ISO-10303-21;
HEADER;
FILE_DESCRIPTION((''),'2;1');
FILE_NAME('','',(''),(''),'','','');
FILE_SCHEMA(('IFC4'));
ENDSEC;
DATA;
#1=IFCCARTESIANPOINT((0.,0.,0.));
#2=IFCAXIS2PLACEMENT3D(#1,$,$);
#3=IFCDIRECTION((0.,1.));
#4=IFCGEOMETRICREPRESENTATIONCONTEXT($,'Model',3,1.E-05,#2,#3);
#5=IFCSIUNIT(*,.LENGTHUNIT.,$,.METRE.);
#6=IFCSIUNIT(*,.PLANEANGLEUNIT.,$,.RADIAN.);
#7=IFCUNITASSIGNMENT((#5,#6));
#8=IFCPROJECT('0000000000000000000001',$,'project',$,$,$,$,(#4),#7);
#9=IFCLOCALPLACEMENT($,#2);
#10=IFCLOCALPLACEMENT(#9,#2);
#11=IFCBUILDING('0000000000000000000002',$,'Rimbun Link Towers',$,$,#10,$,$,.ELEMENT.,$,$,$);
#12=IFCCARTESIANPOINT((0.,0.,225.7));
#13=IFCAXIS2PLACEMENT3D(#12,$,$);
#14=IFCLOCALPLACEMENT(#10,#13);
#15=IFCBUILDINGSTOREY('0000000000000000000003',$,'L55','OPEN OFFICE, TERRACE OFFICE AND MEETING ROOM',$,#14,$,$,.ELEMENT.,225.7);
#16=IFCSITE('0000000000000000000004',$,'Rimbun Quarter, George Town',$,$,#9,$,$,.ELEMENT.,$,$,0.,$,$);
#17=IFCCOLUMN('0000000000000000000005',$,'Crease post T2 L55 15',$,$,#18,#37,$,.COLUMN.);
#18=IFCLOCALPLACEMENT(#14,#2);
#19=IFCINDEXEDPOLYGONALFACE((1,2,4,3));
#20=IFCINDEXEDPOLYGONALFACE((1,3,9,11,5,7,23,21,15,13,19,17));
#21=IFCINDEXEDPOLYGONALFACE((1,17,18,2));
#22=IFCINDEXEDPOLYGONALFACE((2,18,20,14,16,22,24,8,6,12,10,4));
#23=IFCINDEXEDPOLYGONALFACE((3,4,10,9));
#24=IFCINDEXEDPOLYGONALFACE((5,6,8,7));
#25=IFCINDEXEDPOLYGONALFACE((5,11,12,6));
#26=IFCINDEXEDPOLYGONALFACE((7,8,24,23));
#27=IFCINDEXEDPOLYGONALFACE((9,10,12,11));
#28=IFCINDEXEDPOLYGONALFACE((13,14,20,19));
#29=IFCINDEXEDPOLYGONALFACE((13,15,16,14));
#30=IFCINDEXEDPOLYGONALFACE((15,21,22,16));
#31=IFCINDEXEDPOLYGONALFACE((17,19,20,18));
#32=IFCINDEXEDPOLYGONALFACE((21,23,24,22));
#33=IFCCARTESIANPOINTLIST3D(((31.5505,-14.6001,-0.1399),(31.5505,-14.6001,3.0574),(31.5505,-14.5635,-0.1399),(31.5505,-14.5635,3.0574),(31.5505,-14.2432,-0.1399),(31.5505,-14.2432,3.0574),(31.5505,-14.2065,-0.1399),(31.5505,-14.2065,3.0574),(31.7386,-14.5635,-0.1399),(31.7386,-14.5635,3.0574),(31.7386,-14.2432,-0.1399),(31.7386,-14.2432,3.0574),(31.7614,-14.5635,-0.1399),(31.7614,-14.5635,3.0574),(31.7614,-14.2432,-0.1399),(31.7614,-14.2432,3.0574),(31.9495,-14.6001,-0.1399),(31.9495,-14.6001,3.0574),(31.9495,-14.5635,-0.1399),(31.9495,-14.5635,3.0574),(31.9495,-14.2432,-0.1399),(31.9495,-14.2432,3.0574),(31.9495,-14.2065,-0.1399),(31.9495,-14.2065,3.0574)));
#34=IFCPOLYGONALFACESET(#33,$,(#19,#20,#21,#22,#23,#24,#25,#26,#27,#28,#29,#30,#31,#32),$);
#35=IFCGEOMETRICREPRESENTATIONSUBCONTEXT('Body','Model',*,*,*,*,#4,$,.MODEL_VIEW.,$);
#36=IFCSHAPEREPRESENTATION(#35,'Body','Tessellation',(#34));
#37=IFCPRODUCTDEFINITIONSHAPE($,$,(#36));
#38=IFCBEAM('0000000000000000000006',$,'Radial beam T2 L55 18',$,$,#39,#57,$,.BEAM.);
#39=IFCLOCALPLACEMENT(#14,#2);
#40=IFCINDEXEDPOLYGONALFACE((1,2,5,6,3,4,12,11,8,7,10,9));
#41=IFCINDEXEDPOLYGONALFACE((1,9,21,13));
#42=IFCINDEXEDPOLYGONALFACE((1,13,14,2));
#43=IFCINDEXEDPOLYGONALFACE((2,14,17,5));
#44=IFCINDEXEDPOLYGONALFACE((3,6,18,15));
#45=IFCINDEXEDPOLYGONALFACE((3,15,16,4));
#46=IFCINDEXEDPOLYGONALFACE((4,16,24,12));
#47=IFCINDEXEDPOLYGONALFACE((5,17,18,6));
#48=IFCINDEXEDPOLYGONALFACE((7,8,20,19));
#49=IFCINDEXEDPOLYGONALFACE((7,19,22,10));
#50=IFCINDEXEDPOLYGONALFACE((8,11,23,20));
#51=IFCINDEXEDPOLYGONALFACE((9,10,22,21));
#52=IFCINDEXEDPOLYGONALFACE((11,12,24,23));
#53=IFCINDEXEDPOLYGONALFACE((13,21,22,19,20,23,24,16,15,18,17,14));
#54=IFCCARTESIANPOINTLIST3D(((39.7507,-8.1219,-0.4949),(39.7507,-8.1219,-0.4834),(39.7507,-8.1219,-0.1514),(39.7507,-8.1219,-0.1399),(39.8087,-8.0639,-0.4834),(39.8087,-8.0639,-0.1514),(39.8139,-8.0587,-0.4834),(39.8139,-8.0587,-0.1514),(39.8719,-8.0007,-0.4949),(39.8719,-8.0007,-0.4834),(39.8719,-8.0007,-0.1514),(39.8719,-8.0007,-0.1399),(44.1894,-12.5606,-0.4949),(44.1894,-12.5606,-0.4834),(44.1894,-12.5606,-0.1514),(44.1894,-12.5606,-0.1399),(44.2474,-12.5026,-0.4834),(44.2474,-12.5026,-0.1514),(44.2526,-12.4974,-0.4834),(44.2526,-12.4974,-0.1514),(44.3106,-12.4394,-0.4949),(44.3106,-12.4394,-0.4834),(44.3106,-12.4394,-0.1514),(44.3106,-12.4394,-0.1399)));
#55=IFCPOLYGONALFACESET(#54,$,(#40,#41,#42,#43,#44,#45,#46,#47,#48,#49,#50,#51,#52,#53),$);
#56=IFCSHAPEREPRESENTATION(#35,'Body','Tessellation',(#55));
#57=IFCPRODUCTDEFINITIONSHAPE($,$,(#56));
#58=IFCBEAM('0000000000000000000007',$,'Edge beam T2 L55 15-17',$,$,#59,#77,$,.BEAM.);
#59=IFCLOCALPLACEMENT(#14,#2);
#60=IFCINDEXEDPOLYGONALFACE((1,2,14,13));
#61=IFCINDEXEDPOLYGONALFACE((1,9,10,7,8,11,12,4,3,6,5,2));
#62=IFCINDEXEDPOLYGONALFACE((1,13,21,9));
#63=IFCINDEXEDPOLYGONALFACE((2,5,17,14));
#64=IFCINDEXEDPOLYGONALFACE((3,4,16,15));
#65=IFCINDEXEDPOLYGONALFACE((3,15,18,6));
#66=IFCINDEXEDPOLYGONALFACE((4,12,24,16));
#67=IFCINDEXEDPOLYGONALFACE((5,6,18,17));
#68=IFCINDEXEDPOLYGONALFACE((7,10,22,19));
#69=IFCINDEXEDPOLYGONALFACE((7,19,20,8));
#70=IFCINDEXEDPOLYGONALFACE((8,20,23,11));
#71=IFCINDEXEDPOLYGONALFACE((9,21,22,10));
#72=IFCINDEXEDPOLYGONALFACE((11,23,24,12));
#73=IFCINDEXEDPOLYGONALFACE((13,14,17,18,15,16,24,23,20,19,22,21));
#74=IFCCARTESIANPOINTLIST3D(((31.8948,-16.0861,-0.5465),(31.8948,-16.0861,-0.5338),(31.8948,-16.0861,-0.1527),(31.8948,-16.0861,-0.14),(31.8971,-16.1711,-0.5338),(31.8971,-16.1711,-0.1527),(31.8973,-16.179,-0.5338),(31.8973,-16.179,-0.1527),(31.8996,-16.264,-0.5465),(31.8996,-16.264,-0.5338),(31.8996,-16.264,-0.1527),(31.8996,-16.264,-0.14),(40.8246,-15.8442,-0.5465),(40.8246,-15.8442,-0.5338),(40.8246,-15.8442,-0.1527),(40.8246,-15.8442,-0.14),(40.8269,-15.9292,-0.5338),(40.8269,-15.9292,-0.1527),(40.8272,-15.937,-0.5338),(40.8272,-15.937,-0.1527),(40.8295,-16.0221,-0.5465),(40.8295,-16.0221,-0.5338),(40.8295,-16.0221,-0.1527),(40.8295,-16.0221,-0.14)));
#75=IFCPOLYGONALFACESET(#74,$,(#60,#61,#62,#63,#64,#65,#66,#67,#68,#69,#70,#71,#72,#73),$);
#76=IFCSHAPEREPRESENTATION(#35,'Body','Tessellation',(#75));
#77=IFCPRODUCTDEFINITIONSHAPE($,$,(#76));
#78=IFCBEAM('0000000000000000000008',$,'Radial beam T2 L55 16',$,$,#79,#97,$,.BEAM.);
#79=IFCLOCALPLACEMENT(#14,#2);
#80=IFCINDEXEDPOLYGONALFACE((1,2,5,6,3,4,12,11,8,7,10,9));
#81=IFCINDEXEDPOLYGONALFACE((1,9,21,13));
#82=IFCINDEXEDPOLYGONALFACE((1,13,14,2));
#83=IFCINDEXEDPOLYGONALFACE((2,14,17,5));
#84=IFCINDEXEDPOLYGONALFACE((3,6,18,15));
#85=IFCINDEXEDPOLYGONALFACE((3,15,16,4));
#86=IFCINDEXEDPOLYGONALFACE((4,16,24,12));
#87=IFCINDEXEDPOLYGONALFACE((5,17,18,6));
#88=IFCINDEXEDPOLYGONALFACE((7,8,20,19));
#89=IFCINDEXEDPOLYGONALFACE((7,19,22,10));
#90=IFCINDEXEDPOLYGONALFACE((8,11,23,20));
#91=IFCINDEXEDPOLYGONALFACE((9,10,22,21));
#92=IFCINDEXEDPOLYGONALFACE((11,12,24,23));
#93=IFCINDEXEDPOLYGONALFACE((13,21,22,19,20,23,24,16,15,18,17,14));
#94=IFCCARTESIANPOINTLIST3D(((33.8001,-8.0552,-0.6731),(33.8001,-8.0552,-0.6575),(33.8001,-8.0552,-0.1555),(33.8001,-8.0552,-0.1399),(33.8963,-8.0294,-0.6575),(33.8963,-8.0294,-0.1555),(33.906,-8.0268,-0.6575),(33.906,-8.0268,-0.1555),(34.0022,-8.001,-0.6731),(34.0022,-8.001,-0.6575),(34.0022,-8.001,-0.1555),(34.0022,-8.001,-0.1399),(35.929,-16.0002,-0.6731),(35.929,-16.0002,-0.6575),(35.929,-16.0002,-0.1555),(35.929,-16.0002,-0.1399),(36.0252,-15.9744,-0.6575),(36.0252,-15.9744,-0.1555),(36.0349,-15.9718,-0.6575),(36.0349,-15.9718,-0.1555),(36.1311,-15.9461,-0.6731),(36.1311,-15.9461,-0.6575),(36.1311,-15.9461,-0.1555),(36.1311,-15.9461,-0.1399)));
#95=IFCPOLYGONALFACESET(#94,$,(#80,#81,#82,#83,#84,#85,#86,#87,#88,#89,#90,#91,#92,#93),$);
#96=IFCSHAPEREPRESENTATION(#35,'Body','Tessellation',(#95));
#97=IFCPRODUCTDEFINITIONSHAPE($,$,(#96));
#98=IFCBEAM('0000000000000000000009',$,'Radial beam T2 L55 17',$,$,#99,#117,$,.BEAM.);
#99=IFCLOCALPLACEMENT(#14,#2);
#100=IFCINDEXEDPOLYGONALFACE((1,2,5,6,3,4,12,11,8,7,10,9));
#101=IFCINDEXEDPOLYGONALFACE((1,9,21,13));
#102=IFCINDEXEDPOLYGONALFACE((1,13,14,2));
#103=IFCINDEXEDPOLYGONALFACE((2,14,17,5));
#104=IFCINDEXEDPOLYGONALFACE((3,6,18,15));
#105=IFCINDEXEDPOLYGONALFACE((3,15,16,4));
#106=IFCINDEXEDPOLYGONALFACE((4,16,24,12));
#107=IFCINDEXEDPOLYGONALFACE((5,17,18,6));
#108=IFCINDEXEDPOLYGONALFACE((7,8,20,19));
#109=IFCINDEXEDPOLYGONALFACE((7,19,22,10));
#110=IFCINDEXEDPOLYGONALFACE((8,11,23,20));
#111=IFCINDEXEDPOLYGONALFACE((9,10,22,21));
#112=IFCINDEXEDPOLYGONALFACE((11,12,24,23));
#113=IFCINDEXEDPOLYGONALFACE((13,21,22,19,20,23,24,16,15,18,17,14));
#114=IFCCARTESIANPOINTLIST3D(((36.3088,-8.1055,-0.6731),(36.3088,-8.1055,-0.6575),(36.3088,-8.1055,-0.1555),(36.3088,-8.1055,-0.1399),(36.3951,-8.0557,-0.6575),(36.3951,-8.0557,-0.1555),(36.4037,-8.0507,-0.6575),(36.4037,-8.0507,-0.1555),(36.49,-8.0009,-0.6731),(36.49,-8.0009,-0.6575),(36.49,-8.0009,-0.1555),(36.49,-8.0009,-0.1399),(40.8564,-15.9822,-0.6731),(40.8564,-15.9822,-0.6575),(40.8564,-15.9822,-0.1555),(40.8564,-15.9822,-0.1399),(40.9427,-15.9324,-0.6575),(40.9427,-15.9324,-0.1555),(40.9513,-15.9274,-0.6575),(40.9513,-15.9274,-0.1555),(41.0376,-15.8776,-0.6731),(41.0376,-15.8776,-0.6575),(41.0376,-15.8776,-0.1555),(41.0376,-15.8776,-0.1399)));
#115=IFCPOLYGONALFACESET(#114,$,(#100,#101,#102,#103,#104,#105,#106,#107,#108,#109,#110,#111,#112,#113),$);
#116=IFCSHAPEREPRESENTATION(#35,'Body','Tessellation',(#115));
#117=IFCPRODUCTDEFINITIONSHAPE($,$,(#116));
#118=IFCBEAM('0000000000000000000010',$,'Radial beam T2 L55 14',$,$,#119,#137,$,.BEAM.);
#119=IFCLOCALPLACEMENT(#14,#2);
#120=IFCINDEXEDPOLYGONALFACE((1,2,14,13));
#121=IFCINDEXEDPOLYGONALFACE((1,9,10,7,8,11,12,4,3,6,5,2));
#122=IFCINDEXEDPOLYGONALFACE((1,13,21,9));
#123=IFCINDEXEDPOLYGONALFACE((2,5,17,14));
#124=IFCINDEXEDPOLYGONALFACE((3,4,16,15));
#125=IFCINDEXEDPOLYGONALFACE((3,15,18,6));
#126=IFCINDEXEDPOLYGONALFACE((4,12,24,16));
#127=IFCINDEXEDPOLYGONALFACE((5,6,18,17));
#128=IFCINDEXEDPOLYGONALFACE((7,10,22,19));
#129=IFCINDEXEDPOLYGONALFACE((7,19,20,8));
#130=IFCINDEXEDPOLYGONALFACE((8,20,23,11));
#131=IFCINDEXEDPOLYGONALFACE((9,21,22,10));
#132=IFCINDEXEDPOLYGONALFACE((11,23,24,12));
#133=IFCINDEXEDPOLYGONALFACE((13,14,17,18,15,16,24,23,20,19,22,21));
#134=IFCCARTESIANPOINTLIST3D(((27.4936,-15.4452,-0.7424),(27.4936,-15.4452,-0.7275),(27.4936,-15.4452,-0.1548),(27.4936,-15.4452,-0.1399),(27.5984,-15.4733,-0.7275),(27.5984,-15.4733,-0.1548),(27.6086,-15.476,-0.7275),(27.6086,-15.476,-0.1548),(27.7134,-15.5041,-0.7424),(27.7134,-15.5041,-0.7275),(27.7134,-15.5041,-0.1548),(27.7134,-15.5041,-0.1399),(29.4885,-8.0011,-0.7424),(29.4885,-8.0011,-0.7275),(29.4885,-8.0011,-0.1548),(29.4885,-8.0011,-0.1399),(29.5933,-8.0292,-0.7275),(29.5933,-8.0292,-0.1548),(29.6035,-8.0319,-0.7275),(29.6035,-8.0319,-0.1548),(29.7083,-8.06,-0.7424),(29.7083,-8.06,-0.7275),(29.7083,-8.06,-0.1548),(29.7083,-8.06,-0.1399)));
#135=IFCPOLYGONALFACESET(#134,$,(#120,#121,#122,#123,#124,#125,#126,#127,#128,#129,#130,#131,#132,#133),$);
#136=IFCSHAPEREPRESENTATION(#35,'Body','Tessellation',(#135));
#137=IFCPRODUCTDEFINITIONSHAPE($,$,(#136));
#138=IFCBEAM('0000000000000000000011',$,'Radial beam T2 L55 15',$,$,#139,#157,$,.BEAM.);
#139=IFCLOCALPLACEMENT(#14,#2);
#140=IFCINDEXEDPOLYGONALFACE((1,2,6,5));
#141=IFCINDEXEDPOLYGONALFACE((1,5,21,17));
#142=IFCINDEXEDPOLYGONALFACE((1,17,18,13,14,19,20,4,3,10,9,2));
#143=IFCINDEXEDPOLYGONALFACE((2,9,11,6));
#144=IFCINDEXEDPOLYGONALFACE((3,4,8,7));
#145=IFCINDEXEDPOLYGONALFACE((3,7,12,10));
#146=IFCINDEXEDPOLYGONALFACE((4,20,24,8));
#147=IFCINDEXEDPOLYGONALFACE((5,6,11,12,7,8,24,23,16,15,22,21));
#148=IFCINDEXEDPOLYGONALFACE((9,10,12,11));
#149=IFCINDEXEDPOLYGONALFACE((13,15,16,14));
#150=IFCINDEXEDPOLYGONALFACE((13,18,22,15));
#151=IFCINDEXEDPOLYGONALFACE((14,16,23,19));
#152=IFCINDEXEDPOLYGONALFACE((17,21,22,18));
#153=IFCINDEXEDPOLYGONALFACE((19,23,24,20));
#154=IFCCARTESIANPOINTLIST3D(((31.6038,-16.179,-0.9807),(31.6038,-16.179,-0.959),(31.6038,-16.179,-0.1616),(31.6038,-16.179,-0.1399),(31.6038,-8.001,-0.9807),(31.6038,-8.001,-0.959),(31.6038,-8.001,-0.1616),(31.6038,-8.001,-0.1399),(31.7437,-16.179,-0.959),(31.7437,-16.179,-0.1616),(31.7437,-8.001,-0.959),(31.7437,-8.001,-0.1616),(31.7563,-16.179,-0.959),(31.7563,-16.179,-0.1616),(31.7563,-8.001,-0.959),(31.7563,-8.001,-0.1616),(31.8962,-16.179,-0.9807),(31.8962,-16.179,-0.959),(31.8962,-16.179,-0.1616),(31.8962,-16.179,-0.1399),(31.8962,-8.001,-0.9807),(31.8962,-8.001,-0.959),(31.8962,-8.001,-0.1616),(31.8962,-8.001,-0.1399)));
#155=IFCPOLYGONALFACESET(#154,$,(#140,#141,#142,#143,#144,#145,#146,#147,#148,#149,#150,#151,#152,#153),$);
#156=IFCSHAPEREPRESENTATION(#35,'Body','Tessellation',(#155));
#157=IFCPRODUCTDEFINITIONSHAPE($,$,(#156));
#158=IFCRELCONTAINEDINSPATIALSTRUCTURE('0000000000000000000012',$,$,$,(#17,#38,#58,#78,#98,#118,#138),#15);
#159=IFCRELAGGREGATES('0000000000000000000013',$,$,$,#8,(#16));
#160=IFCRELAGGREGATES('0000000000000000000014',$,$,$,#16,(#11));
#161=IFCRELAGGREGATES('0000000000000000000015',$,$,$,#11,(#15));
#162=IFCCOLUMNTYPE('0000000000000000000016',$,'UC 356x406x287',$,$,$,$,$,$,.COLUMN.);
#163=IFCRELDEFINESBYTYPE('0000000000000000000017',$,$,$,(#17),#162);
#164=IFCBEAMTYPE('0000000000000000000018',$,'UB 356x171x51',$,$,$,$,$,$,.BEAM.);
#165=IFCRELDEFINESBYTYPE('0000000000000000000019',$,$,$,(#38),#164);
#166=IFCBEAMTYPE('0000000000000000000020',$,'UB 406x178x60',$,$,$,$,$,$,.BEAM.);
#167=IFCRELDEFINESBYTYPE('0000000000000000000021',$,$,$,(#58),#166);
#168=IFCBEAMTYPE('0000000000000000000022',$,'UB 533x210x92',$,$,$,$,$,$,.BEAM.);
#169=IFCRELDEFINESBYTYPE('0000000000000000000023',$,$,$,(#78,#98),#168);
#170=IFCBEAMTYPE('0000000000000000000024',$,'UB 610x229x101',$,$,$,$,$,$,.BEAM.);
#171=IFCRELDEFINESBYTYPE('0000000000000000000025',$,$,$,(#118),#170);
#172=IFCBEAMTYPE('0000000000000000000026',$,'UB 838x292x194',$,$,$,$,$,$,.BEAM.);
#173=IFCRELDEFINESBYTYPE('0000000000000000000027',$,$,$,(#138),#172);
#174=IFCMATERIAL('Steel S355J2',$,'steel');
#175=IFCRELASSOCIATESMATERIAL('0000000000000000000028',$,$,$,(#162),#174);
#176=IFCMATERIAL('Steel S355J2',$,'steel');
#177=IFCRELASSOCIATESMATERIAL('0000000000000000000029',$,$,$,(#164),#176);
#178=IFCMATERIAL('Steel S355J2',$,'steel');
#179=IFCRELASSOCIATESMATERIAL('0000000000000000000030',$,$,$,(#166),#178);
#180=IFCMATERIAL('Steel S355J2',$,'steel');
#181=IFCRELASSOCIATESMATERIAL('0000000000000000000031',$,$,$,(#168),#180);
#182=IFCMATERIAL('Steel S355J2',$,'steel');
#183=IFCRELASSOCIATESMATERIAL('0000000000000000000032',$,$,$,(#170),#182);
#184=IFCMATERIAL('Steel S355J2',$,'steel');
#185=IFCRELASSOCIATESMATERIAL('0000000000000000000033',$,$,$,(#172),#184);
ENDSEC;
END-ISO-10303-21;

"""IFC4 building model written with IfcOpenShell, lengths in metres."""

from ifc_helpers import new_model, si_unit, direction, frame, origin, origin_2d, place, context, subcontext, project, spatial, i_section, extrude, material, material_profile, profile_set, type_object, element, save


model = new_model("IFC4")

# Units and contexts
model_context = context("Model", 3, precision=1e-05, world=origin(), true_north=direction((0.0, 1.0)))
body_context = subcontext(model_context, "Body", "Model", "MODEL_VIEW")
ifc_project = project(units=[si_unit("LENGTHUNIT", "METRE"), si_unit("PLANEANGLEUNIT", "RADIAN")], contexts=[model_context])

# Site, building, storey
site_placement = place(None, origin())
site = spatial("IfcSite", under=ifc_project, at=site_placement, Name="Rimbun Quarter, George Town", CompositionType="ELEMENT", RefElevation=0.0)
building_placement = place(site_placement, origin())
building = spatial("IfcBuilding", under=site, at=building_placement, Name="Rimbun Link Towers", CompositionType="ELEMENT")
storey_placement = place(building_placement, frame((0.0, 0.0, 225.7)))
storey = spatial("IfcBuildingStorey", under=building, at=storey_placement, Name="L55", Description="OPEN OFFICE, TERRACE OFFICE AND MEETING ROOM", CompositionType="ELEMENT", Elevation=225.7)

# Column
ifc_material_1 = material(Name="Steel S355J2", Category="steel")
ifc_material_profile_1 = material_profile(ifc_material_1, i_section(OverallWidth=0.3989, OverallDepth=0.3936, WebThickness=0.0227, FlangeThickness=0.0366, at=origin_2d()), Name="UC 356x406x287")
ifc_profile_set_1 = profile_set([ifc_material_profile_1], Name="Steel S355J2")
column_type = type_object("IfcColumnType", Name="UC 356x406x287", PredefinedType="COLUMN", material=ifc_profile_set_1)
column_placement = place(storey_placement, frame((31.75, -14.4033, -0.1399), z_axis=(0.0, 0.0, 1.0), x_axis=(1.0, 0.0, 0.0)))
element("IfcColumn", 1, at=column_placement, inside=storey, type_object=column_type, Name="Crease post T2 L55 15", PredefinedType="COLUMN", context=body_context, shape_type="SweptSolid", body=[
    extrude(i_section(OverallWidth=0.3989, OverallDepth=0.3936, WebThickness=0.0227, FlangeThickness=0.0366, at=origin_2d()), origin(), (0.0, 0.0, 1.0), 3.1973),
])

# Beams
ifc_material_2 = material(Name="Steel S355J2", Category="steel")
ifc_material_profile_2 = material_profile(ifc_material_2, i_section(OverallWidth=0.1714, OverallDepth=0.355, WebThickness=0.0073, FlangeThickness=0.0115, at=origin_2d()), Name="UB 356x171x51")
ifc_profile_set_2 = profile_set([ifc_material_profile_2], Name="Steel S355J2")
beam_type_1 = type_object("IfcBeamType", Name="UB 356x171x51", PredefinedType="BEAM", material=ifc_profile_set_2)
beam_1_placement = place(storey_placement, frame((39.8113, -8.0613, -0.3174), z_axis=(0.707107, -0.707107, 0.0), x_axis=(0.707107, 0.707107, 0.0)))
element("IfcBeam", 2, at=beam_1_placement, inside=storey, type_object=beam_type_1, Name="Radial beam T2 L55 18", PredefinedType="BEAM", context=body_context, shape_type="SweptSolid", body=[
    extrude(i_section(OverallWidth=0.1714, OverallDepth=0.355, WebThickness=0.0073, FlangeThickness=0.0115, at=origin_2d()), origin(), (0.0, 0.0, 1.0), 6.2773),
])
ifc_material_3 = material(Name="Steel S355J2", Category="steel")
ifc_material_profile_3 = material_profile(ifc_material_3, i_section(OverallWidth=0.178, OverallDepth=0.4065, WebThickness=0.0078, FlangeThickness=0.0127, at=origin_2d()), Name="UB 406x178x60")
ifc_profile_set_3 = profile_set([ifc_material_profile_3], Name="Steel S355J2")
beam_type_2 = type_object("IfcBeamType", Name="UB 406x178x60", PredefinedType="BEAM", material=ifc_profile_set_3)
beam_2_placement = place(storey_placement, frame((31.8972, -16.175, -0.3433), z_axis=(0.999633, 0.027084, 0.0), x_axis=(-0.027084, 0.999633, 0.0)))
element("IfcBeam", 3, at=beam_2_placement, inside=storey, type_object=beam_type_2, Name="Edge beam T2 L55 15-17", PredefinedType="BEAM", context=body_context, shape_type="SweptSolid", body=[
    extrude(i_section(OverallWidth=0.178, OverallDepth=0.4065, WebThickness=0.0078, FlangeThickness=0.0127, at=origin_2d()), origin(), (0.0, 0.0, 1.0), 8.9331),
])
ifc_material_4 = material(Name="Steel S355J2", Category="steel")
ifc_material_profile_4 = material_profile(ifc_material_4, i_section(OverallWidth=0.2092, OverallDepth=0.5332, WebThickness=0.01, FlangeThickness=0.0156, at=origin_2d()), Name="UB 533x210x92")
ifc_profile_set_4 = profile_set([ifc_material_profile_4], Name="Steel S355J2")
beam_type_3 = type_object("IfcBeamType", Name="UB 533x210x92", PredefinedType="BEAM", material=ifc_profile_set_4)
beam_3_placement = place(storey_placement, frame((33.9011, -8.0281, -0.4065), z_axis=(0.258823, -0.965925, 0.0), x_axis=(0.965925, 0.258823, 0.0)))
element("IfcBeam", 4, at=beam_3_placement, inside=storey, type_object=beam_type_3, Name="Radial beam T2 L55 16", PredefinedType="BEAM", context=body_context, shape_type="SweptSolid", body=[
    extrude(i_section(OverallWidth=0.2092, OverallDepth=0.5332, WebThickness=0.01, FlangeThickness=0.0156, at=origin_2d()), origin(), (0.0, 0.0, 1.0), 8.2253),
])
beam_4_placement = place(storey_placement, frame((36.3994, -8.0532, -0.4065), z_axis=(0.499999, -0.866026, 0.0), x_axis=(0.866026, 0.499999, 0.0)))
element("IfcBeam", 5, at=beam_4_placement, inside=storey, type_object=beam_type_3, Name="Radial beam T2 L55 17", PredefinedType="BEAM", context=body_context, shape_type="SweptSolid", body=[
    extrude(i_section(OverallWidth=0.2092, OverallDepth=0.5332, WebThickness=0.01, FlangeThickness=0.0156, at=origin_2d()), origin(), (0.0, 0.0, 1.0), 9.0952),
])
ifc_material_5 = material(Name="Steel S355J2", Category="steel")
ifc_material_profile_5 = material_profile(ifc_material_5, i_section(OverallWidth=0.2275, OverallDepth=0.6025, WebThickness=0.0105, FlangeThickness=0.0149, at=origin_2d()), Name="UB 610x229x101")
ifc_profile_set_5 = profile_set([ifc_material_profile_5], Name="Steel S355J2")
beam_type_4 = type_object("IfcBeamType", Name="UB 610x229x101", PredefinedType="BEAM", material=ifc_profile_set_5)
beam_5_placement = place(storey_placement, frame((29.5984, -8.0305, -0.4412), z_axis=(-0.258847, -0.965918, 0.0), x_axis=(0.965918, -0.258847, 0.0)))
element("IfcBeam", 6, at=beam_5_placement, inside=storey, type_object=beam_type_4, Name="Radial beam T2 L55 14", PredefinedType="BEAM", context=body_context, shape_type="SweptSolid", body=[
    extrude(i_section(OverallWidth=0.2275, OverallDepth=0.6025, WebThickness=0.0105, FlangeThickness=0.0149, at=origin_2d()), origin(), (0.0, 0.0, 1.0), 7.7068),
])
ifc_material_6 = material(Name="Steel S355J2", Category="steel")
ifc_material_profile_6 = material_profile(ifc_material_6, i_section(OverallWidth=0.2925, OverallDepth=0.8408, WebThickness=0.0127, FlangeThickness=0.0217, at=origin_2d()), Name="UB 838x292x194")
ifc_profile_set_6 = profile_set([ifc_material_profile_6], Name="Steel S355J2")
beam_type_5 = type_object("IfcBeamType", Name="UB 838x292x194", PredefinedType="BEAM", material=ifc_profile_set_6)
beam_6_placement = place(storey_placement, frame((31.75, -8.001, -0.5603), z_axis=(0.0, -1.0, 0.0), x_axis=(1.0, 0.0, 0.0)))
element("IfcBeam", 7, at=beam_6_placement, inside=storey, type_object=beam_type_5, Name="Radial beam T2 L55 15", PredefinedType="BEAM", context=body_context, shape_type="SweptSolid", body=[
    extrude(i_section(OverallWidth=0.2925, OverallDepth=0.8408, WebThickness=0.0127, FlangeThickness=0.0217, at=origin_2d()), origin(), (0.0, 0.0, 1.0), 8.178),
])

save(model, "model.ifc")
